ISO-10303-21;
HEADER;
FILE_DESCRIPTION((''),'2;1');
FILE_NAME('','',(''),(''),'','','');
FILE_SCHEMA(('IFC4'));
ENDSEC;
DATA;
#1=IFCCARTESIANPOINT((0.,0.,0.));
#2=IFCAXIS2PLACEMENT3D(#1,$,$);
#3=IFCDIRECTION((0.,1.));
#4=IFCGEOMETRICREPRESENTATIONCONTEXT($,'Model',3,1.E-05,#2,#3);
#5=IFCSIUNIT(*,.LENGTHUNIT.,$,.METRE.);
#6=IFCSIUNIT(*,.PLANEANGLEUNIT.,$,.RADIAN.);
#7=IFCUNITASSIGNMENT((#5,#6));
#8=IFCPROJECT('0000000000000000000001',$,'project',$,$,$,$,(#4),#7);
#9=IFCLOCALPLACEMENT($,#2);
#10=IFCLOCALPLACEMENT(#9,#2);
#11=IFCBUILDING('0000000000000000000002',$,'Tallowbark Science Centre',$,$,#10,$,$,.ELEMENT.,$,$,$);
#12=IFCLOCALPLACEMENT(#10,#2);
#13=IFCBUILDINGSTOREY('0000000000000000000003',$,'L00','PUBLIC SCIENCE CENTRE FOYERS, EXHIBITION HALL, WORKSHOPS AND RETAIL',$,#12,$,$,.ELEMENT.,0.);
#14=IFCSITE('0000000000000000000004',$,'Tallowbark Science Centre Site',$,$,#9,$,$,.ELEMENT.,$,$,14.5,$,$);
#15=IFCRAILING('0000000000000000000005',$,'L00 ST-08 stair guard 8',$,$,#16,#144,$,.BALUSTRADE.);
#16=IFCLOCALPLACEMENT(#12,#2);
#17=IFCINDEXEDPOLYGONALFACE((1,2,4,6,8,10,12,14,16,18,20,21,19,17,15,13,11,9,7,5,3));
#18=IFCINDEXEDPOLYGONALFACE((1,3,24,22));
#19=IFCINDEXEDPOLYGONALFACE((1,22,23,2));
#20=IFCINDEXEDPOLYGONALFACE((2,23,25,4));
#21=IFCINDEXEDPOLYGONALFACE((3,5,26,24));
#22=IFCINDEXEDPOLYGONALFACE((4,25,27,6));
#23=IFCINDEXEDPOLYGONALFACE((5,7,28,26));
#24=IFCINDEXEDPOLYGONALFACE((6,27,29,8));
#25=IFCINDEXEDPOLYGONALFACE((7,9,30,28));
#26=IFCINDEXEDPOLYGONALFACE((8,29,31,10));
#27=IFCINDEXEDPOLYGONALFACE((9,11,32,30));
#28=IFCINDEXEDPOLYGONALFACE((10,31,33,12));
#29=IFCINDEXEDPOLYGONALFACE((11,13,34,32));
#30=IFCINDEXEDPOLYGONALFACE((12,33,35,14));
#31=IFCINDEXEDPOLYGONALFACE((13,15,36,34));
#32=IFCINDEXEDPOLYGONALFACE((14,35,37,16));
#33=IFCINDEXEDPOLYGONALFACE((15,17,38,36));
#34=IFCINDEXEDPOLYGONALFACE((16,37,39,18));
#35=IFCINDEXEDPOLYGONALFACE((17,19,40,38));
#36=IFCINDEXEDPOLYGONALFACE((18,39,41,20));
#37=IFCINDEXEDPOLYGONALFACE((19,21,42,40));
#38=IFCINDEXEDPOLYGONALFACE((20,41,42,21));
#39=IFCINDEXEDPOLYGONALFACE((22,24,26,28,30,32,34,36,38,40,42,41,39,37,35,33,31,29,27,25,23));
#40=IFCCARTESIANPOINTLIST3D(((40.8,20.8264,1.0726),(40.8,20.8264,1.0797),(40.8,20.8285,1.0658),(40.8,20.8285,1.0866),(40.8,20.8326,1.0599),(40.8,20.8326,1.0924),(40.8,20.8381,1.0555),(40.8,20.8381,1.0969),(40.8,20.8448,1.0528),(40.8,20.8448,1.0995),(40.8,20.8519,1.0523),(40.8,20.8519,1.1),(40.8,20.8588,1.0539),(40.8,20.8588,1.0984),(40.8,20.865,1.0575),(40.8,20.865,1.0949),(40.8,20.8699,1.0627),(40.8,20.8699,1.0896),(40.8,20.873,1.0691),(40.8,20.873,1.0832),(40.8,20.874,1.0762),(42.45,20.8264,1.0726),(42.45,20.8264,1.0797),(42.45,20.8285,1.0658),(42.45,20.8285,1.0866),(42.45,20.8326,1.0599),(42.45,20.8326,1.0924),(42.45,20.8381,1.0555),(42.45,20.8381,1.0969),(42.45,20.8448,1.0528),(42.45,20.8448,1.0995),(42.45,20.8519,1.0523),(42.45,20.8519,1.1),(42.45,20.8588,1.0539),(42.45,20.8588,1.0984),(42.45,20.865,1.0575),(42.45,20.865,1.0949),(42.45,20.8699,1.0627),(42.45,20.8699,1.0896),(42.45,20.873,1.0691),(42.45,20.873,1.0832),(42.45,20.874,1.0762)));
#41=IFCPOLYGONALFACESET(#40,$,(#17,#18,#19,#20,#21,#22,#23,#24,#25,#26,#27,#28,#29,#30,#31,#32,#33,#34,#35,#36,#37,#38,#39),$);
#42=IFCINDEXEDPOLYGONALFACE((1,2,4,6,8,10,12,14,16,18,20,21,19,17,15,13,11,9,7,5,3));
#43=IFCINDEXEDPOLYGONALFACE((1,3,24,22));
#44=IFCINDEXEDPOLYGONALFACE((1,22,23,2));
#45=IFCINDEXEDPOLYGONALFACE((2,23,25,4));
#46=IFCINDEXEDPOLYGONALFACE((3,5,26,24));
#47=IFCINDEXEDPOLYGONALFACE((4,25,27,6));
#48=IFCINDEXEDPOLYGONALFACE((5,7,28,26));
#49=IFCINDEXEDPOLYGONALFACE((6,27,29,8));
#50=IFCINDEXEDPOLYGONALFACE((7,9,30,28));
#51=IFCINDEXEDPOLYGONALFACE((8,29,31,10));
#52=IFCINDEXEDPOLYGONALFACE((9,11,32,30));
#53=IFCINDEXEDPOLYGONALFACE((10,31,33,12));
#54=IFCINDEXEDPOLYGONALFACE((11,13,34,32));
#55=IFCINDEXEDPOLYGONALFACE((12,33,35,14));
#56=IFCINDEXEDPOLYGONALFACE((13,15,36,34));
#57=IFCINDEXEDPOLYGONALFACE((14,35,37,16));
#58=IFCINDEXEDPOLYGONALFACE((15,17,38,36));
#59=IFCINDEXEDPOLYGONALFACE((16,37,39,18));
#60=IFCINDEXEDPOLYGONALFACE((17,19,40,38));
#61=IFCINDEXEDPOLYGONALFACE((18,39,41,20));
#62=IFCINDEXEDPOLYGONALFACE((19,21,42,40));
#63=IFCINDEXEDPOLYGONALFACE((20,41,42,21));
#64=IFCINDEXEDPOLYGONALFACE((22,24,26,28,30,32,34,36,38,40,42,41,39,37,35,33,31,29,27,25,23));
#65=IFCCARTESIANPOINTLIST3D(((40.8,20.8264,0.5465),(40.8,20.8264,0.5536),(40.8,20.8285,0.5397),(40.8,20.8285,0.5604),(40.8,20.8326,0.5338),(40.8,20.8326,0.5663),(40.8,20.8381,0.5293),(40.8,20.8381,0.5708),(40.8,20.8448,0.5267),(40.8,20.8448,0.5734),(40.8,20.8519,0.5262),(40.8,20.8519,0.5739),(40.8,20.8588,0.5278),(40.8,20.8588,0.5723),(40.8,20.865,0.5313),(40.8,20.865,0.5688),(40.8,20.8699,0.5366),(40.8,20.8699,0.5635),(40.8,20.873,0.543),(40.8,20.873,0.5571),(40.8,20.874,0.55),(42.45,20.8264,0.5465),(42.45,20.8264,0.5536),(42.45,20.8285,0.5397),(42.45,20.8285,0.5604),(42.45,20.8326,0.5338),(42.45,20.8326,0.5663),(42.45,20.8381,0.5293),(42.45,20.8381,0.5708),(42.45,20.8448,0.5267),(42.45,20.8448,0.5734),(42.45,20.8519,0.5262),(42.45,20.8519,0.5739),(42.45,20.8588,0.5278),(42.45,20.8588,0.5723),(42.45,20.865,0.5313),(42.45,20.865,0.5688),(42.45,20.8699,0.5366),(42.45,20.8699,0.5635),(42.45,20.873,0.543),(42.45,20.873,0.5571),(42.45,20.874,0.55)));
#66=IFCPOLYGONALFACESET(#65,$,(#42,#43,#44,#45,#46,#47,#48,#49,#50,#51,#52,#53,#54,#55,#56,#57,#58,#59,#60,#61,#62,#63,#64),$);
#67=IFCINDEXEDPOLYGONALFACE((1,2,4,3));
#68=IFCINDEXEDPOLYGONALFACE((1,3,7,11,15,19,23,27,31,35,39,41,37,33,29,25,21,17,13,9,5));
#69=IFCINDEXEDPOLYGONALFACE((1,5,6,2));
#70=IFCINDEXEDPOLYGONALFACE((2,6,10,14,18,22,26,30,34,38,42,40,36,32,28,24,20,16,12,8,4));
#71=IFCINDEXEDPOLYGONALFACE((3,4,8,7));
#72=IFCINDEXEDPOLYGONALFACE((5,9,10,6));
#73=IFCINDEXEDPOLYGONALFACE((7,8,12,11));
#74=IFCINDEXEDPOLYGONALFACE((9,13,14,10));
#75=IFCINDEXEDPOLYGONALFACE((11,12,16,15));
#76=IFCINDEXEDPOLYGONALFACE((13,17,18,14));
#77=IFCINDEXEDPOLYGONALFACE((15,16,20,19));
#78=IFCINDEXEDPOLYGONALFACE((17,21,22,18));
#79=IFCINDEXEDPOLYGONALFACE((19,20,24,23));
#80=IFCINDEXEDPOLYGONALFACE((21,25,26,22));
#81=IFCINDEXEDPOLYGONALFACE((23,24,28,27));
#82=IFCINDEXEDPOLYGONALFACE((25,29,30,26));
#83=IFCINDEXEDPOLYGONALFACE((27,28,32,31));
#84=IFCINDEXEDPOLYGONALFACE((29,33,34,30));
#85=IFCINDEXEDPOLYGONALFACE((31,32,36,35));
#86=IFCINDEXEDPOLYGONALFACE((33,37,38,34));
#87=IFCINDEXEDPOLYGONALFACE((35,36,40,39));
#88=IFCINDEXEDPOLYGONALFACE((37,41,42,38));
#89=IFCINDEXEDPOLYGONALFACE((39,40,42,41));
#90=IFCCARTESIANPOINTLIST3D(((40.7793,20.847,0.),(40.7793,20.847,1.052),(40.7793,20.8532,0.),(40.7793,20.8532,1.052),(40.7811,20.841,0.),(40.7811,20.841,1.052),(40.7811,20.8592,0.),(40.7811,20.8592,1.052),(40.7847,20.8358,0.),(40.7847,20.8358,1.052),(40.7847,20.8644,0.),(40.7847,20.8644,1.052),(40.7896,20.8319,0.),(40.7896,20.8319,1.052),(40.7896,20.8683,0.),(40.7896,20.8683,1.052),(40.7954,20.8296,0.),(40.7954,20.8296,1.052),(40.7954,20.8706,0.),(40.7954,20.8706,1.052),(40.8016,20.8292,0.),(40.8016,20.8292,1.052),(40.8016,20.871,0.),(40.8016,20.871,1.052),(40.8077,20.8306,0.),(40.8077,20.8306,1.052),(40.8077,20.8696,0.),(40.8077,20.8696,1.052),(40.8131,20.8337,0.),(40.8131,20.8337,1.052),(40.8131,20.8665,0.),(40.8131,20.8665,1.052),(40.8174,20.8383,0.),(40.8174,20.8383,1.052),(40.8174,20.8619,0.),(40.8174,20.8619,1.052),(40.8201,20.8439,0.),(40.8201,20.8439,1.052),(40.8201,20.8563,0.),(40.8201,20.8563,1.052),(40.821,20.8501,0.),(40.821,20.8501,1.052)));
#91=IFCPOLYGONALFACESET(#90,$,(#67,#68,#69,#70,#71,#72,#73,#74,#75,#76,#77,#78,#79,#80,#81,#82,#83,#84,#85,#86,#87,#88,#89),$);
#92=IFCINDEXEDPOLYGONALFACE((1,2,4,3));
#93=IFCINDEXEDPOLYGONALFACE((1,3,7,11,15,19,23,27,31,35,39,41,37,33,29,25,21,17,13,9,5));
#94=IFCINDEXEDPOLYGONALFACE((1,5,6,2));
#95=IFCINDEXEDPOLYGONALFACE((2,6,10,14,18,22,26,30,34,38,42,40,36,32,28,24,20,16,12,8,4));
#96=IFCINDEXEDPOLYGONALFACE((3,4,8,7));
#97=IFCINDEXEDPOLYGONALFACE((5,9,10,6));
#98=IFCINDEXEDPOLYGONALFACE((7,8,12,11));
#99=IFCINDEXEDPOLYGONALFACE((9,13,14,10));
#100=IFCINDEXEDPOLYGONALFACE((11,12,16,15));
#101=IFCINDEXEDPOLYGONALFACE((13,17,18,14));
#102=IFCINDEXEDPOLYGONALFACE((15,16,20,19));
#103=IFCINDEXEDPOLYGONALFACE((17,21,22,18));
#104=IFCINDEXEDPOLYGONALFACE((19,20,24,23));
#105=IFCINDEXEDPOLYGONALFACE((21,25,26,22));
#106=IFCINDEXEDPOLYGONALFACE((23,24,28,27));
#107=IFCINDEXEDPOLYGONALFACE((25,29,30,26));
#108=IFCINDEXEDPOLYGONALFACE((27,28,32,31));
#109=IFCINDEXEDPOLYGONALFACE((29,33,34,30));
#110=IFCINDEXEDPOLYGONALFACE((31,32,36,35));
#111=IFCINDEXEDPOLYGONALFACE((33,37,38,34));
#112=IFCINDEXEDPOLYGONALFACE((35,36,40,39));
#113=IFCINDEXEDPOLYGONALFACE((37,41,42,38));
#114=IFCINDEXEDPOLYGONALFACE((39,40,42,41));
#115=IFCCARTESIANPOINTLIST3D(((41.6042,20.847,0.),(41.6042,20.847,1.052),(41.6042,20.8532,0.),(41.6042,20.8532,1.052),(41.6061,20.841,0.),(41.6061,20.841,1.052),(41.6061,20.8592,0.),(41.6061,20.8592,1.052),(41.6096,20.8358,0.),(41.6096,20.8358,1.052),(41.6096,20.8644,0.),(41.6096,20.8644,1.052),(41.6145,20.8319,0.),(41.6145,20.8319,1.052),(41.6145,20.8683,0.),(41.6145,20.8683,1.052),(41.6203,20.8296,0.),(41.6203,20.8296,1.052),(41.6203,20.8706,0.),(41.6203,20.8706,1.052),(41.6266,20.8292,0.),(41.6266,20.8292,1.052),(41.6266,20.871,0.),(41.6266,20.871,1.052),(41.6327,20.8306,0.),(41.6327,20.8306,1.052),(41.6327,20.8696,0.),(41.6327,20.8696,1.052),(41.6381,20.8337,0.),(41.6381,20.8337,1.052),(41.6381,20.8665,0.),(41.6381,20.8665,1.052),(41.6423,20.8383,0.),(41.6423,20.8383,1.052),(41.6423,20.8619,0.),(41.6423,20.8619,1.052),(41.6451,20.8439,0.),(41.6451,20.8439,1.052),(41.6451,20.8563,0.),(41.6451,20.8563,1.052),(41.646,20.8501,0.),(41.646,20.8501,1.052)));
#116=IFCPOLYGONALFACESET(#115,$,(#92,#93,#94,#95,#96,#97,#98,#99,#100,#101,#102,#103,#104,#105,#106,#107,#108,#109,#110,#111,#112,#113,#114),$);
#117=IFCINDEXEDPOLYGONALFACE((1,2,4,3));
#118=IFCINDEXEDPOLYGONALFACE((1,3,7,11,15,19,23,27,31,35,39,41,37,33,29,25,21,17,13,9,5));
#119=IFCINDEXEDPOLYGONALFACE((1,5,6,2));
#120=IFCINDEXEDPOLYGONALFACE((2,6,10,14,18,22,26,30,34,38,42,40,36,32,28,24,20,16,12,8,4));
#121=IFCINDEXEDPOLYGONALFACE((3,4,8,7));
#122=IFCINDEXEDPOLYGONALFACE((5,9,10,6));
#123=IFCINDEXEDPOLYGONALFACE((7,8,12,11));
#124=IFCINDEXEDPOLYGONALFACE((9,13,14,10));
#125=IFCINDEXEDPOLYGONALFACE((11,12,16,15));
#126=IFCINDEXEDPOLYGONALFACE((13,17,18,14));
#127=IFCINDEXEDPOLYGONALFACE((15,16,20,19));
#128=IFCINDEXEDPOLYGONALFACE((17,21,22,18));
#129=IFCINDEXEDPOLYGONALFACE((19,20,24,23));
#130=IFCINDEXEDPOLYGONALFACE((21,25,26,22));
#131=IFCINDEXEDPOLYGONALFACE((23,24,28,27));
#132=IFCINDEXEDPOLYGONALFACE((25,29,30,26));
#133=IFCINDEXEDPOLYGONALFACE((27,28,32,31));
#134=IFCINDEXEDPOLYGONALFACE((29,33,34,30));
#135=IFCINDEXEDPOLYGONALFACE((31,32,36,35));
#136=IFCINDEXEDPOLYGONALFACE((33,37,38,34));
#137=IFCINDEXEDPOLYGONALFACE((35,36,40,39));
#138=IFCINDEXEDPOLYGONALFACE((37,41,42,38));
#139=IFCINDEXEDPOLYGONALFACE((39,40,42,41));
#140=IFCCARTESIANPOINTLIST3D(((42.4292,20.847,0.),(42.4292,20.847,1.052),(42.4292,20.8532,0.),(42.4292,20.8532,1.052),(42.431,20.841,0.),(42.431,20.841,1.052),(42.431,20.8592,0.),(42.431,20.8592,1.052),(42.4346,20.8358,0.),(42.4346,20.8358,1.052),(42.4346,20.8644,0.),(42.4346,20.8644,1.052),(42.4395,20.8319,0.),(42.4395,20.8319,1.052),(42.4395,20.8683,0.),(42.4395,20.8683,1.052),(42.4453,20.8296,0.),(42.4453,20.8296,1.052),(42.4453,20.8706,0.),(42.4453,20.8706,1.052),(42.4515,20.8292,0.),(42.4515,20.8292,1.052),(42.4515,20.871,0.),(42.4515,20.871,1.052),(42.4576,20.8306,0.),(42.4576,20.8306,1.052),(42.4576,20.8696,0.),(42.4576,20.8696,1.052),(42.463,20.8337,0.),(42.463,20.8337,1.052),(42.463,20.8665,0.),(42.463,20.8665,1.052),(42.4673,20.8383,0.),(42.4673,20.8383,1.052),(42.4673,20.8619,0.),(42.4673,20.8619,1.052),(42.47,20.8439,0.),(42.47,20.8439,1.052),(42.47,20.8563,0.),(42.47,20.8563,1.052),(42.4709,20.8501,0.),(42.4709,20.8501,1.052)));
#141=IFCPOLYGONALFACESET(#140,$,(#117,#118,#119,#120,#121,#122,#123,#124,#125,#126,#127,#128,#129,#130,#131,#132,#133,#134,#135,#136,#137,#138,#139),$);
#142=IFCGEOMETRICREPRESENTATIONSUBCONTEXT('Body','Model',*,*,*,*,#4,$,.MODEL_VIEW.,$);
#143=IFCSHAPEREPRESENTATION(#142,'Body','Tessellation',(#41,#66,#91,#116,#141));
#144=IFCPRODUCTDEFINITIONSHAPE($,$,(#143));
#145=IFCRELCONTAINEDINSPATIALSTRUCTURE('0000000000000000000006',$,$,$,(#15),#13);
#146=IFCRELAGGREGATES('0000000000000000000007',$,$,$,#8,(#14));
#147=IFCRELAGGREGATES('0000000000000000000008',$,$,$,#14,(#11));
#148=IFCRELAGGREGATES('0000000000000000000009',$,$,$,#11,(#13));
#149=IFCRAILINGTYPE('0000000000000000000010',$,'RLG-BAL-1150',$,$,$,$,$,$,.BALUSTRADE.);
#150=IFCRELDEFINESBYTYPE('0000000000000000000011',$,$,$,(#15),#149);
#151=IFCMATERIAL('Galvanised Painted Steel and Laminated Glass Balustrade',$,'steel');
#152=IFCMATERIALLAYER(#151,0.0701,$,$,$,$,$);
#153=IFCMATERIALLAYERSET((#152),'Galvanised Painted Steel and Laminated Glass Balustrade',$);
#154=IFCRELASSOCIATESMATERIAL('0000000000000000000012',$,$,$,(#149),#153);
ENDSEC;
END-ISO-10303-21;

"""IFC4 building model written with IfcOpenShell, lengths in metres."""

from ifc_helpers import new_model, si_unit, direction, frame, origin, origin_2d, place, context, subcontext, project, spatial, circle, extrude, material, layer, layer_set, type_object, element, save


model = new_model("IFC4")

# Units and contexts
model_context = context("Model", 3, precision=1e-05, world=origin(), true_north=direction((0.0, 1.0)))
body_context = subcontext(model_context, "Body", "Model", "MODEL_VIEW")
ifc_project = project(units=[si_unit("LENGTHUNIT", "METRE"), si_unit("PLANEANGLEUNIT", "RADIAN")], contexts=[model_context])

# Site, building, storey
site_placement = place(None, origin())
site = spatial("IfcSite", under=ifc_project, at=site_placement, Name="Tallowbark Science Centre Site", CompositionType="ELEMENT", RefElevation=14.5)
building_placement = place(site_placement, origin())
building = spatial("IfcBuilding", under=site, at=building_placement, Name="Tallowbark Science Centre", CompositionType="ELEMENT")
storey_placement = place(building_placement, origin())
storey = spatial("IfcBuildingStorey", under=building, at=storey_placement, Name="L00", Description="PUBLIC SCIENCE CENTRE FOYERS, EXHIBITION HALL, WORKSHOPS AND RETAIL", CompositionType="ELEMENT", Elevation=0.0)

# Railing
ifc_material_1 = material(Name="Galvanised Painted Steel and Laminated Glass Balustrade", Category="steel")
ifc_layer_1 = layer(ifc_material_1, 0.0701)
ifc_layer_set_1 = layer_set([ifc_layer_1], Name="Galvanised Painted Steel and Laminated Glass Balustrade")
railing_type_1 = type_object("IfcRailingType", Name="RLG-BAL-1150", PredefinedType="BALUSTRADE", material=ifc_layer_set_1)
railing_1_placement = place(storey_placement, frame((40.8, 20.8501, 0.0)))
element("IfcRailing", 1, at=railing_1_placement, inside=storey, type_object=railing_type_1, Name="L00 ST-08 stair guard 8", PredefinedType="BALUSTRADE", context=body_context, shape_type="SweptSolid", body=[
    extrude(circle(Radius=0.0239, at=origin_2d()), frame((0.0, 0.0, 1.0762), z_axis=(1.0, 0.0, 0.0), x_axis=(0.0, 1.0, 0.0)), (0.0, 0.0, 1.0), 1.6499),
    extrude(circle(Radius=0.0239, at=origin_2d()), frame((0.0, 0.0, 0.55), z_axis=(1.0, 0.0, 0.0), x_axis=(0.0, 1.0, 0.0)), (0.0, 0.0, 1.0), 1.6499),
    extrude(circle(Radius=0.021, at=origin_2d()), origin(), (0.0, 0.0, 1.0), 1.052),
    extrude(circle(Radius=0.021, at=origin_2d()), frame((0.825, 0.0, 0.0)), (0.0, 0.0, 1.0), 1.052),
    extrude(circle(Radius=0.021, at=origin_2d()), frame((1.6499, 0.0, 0.0)), (0.0, 0.0, 1.0), 1.052),
])

save(model, "model.ifc")
